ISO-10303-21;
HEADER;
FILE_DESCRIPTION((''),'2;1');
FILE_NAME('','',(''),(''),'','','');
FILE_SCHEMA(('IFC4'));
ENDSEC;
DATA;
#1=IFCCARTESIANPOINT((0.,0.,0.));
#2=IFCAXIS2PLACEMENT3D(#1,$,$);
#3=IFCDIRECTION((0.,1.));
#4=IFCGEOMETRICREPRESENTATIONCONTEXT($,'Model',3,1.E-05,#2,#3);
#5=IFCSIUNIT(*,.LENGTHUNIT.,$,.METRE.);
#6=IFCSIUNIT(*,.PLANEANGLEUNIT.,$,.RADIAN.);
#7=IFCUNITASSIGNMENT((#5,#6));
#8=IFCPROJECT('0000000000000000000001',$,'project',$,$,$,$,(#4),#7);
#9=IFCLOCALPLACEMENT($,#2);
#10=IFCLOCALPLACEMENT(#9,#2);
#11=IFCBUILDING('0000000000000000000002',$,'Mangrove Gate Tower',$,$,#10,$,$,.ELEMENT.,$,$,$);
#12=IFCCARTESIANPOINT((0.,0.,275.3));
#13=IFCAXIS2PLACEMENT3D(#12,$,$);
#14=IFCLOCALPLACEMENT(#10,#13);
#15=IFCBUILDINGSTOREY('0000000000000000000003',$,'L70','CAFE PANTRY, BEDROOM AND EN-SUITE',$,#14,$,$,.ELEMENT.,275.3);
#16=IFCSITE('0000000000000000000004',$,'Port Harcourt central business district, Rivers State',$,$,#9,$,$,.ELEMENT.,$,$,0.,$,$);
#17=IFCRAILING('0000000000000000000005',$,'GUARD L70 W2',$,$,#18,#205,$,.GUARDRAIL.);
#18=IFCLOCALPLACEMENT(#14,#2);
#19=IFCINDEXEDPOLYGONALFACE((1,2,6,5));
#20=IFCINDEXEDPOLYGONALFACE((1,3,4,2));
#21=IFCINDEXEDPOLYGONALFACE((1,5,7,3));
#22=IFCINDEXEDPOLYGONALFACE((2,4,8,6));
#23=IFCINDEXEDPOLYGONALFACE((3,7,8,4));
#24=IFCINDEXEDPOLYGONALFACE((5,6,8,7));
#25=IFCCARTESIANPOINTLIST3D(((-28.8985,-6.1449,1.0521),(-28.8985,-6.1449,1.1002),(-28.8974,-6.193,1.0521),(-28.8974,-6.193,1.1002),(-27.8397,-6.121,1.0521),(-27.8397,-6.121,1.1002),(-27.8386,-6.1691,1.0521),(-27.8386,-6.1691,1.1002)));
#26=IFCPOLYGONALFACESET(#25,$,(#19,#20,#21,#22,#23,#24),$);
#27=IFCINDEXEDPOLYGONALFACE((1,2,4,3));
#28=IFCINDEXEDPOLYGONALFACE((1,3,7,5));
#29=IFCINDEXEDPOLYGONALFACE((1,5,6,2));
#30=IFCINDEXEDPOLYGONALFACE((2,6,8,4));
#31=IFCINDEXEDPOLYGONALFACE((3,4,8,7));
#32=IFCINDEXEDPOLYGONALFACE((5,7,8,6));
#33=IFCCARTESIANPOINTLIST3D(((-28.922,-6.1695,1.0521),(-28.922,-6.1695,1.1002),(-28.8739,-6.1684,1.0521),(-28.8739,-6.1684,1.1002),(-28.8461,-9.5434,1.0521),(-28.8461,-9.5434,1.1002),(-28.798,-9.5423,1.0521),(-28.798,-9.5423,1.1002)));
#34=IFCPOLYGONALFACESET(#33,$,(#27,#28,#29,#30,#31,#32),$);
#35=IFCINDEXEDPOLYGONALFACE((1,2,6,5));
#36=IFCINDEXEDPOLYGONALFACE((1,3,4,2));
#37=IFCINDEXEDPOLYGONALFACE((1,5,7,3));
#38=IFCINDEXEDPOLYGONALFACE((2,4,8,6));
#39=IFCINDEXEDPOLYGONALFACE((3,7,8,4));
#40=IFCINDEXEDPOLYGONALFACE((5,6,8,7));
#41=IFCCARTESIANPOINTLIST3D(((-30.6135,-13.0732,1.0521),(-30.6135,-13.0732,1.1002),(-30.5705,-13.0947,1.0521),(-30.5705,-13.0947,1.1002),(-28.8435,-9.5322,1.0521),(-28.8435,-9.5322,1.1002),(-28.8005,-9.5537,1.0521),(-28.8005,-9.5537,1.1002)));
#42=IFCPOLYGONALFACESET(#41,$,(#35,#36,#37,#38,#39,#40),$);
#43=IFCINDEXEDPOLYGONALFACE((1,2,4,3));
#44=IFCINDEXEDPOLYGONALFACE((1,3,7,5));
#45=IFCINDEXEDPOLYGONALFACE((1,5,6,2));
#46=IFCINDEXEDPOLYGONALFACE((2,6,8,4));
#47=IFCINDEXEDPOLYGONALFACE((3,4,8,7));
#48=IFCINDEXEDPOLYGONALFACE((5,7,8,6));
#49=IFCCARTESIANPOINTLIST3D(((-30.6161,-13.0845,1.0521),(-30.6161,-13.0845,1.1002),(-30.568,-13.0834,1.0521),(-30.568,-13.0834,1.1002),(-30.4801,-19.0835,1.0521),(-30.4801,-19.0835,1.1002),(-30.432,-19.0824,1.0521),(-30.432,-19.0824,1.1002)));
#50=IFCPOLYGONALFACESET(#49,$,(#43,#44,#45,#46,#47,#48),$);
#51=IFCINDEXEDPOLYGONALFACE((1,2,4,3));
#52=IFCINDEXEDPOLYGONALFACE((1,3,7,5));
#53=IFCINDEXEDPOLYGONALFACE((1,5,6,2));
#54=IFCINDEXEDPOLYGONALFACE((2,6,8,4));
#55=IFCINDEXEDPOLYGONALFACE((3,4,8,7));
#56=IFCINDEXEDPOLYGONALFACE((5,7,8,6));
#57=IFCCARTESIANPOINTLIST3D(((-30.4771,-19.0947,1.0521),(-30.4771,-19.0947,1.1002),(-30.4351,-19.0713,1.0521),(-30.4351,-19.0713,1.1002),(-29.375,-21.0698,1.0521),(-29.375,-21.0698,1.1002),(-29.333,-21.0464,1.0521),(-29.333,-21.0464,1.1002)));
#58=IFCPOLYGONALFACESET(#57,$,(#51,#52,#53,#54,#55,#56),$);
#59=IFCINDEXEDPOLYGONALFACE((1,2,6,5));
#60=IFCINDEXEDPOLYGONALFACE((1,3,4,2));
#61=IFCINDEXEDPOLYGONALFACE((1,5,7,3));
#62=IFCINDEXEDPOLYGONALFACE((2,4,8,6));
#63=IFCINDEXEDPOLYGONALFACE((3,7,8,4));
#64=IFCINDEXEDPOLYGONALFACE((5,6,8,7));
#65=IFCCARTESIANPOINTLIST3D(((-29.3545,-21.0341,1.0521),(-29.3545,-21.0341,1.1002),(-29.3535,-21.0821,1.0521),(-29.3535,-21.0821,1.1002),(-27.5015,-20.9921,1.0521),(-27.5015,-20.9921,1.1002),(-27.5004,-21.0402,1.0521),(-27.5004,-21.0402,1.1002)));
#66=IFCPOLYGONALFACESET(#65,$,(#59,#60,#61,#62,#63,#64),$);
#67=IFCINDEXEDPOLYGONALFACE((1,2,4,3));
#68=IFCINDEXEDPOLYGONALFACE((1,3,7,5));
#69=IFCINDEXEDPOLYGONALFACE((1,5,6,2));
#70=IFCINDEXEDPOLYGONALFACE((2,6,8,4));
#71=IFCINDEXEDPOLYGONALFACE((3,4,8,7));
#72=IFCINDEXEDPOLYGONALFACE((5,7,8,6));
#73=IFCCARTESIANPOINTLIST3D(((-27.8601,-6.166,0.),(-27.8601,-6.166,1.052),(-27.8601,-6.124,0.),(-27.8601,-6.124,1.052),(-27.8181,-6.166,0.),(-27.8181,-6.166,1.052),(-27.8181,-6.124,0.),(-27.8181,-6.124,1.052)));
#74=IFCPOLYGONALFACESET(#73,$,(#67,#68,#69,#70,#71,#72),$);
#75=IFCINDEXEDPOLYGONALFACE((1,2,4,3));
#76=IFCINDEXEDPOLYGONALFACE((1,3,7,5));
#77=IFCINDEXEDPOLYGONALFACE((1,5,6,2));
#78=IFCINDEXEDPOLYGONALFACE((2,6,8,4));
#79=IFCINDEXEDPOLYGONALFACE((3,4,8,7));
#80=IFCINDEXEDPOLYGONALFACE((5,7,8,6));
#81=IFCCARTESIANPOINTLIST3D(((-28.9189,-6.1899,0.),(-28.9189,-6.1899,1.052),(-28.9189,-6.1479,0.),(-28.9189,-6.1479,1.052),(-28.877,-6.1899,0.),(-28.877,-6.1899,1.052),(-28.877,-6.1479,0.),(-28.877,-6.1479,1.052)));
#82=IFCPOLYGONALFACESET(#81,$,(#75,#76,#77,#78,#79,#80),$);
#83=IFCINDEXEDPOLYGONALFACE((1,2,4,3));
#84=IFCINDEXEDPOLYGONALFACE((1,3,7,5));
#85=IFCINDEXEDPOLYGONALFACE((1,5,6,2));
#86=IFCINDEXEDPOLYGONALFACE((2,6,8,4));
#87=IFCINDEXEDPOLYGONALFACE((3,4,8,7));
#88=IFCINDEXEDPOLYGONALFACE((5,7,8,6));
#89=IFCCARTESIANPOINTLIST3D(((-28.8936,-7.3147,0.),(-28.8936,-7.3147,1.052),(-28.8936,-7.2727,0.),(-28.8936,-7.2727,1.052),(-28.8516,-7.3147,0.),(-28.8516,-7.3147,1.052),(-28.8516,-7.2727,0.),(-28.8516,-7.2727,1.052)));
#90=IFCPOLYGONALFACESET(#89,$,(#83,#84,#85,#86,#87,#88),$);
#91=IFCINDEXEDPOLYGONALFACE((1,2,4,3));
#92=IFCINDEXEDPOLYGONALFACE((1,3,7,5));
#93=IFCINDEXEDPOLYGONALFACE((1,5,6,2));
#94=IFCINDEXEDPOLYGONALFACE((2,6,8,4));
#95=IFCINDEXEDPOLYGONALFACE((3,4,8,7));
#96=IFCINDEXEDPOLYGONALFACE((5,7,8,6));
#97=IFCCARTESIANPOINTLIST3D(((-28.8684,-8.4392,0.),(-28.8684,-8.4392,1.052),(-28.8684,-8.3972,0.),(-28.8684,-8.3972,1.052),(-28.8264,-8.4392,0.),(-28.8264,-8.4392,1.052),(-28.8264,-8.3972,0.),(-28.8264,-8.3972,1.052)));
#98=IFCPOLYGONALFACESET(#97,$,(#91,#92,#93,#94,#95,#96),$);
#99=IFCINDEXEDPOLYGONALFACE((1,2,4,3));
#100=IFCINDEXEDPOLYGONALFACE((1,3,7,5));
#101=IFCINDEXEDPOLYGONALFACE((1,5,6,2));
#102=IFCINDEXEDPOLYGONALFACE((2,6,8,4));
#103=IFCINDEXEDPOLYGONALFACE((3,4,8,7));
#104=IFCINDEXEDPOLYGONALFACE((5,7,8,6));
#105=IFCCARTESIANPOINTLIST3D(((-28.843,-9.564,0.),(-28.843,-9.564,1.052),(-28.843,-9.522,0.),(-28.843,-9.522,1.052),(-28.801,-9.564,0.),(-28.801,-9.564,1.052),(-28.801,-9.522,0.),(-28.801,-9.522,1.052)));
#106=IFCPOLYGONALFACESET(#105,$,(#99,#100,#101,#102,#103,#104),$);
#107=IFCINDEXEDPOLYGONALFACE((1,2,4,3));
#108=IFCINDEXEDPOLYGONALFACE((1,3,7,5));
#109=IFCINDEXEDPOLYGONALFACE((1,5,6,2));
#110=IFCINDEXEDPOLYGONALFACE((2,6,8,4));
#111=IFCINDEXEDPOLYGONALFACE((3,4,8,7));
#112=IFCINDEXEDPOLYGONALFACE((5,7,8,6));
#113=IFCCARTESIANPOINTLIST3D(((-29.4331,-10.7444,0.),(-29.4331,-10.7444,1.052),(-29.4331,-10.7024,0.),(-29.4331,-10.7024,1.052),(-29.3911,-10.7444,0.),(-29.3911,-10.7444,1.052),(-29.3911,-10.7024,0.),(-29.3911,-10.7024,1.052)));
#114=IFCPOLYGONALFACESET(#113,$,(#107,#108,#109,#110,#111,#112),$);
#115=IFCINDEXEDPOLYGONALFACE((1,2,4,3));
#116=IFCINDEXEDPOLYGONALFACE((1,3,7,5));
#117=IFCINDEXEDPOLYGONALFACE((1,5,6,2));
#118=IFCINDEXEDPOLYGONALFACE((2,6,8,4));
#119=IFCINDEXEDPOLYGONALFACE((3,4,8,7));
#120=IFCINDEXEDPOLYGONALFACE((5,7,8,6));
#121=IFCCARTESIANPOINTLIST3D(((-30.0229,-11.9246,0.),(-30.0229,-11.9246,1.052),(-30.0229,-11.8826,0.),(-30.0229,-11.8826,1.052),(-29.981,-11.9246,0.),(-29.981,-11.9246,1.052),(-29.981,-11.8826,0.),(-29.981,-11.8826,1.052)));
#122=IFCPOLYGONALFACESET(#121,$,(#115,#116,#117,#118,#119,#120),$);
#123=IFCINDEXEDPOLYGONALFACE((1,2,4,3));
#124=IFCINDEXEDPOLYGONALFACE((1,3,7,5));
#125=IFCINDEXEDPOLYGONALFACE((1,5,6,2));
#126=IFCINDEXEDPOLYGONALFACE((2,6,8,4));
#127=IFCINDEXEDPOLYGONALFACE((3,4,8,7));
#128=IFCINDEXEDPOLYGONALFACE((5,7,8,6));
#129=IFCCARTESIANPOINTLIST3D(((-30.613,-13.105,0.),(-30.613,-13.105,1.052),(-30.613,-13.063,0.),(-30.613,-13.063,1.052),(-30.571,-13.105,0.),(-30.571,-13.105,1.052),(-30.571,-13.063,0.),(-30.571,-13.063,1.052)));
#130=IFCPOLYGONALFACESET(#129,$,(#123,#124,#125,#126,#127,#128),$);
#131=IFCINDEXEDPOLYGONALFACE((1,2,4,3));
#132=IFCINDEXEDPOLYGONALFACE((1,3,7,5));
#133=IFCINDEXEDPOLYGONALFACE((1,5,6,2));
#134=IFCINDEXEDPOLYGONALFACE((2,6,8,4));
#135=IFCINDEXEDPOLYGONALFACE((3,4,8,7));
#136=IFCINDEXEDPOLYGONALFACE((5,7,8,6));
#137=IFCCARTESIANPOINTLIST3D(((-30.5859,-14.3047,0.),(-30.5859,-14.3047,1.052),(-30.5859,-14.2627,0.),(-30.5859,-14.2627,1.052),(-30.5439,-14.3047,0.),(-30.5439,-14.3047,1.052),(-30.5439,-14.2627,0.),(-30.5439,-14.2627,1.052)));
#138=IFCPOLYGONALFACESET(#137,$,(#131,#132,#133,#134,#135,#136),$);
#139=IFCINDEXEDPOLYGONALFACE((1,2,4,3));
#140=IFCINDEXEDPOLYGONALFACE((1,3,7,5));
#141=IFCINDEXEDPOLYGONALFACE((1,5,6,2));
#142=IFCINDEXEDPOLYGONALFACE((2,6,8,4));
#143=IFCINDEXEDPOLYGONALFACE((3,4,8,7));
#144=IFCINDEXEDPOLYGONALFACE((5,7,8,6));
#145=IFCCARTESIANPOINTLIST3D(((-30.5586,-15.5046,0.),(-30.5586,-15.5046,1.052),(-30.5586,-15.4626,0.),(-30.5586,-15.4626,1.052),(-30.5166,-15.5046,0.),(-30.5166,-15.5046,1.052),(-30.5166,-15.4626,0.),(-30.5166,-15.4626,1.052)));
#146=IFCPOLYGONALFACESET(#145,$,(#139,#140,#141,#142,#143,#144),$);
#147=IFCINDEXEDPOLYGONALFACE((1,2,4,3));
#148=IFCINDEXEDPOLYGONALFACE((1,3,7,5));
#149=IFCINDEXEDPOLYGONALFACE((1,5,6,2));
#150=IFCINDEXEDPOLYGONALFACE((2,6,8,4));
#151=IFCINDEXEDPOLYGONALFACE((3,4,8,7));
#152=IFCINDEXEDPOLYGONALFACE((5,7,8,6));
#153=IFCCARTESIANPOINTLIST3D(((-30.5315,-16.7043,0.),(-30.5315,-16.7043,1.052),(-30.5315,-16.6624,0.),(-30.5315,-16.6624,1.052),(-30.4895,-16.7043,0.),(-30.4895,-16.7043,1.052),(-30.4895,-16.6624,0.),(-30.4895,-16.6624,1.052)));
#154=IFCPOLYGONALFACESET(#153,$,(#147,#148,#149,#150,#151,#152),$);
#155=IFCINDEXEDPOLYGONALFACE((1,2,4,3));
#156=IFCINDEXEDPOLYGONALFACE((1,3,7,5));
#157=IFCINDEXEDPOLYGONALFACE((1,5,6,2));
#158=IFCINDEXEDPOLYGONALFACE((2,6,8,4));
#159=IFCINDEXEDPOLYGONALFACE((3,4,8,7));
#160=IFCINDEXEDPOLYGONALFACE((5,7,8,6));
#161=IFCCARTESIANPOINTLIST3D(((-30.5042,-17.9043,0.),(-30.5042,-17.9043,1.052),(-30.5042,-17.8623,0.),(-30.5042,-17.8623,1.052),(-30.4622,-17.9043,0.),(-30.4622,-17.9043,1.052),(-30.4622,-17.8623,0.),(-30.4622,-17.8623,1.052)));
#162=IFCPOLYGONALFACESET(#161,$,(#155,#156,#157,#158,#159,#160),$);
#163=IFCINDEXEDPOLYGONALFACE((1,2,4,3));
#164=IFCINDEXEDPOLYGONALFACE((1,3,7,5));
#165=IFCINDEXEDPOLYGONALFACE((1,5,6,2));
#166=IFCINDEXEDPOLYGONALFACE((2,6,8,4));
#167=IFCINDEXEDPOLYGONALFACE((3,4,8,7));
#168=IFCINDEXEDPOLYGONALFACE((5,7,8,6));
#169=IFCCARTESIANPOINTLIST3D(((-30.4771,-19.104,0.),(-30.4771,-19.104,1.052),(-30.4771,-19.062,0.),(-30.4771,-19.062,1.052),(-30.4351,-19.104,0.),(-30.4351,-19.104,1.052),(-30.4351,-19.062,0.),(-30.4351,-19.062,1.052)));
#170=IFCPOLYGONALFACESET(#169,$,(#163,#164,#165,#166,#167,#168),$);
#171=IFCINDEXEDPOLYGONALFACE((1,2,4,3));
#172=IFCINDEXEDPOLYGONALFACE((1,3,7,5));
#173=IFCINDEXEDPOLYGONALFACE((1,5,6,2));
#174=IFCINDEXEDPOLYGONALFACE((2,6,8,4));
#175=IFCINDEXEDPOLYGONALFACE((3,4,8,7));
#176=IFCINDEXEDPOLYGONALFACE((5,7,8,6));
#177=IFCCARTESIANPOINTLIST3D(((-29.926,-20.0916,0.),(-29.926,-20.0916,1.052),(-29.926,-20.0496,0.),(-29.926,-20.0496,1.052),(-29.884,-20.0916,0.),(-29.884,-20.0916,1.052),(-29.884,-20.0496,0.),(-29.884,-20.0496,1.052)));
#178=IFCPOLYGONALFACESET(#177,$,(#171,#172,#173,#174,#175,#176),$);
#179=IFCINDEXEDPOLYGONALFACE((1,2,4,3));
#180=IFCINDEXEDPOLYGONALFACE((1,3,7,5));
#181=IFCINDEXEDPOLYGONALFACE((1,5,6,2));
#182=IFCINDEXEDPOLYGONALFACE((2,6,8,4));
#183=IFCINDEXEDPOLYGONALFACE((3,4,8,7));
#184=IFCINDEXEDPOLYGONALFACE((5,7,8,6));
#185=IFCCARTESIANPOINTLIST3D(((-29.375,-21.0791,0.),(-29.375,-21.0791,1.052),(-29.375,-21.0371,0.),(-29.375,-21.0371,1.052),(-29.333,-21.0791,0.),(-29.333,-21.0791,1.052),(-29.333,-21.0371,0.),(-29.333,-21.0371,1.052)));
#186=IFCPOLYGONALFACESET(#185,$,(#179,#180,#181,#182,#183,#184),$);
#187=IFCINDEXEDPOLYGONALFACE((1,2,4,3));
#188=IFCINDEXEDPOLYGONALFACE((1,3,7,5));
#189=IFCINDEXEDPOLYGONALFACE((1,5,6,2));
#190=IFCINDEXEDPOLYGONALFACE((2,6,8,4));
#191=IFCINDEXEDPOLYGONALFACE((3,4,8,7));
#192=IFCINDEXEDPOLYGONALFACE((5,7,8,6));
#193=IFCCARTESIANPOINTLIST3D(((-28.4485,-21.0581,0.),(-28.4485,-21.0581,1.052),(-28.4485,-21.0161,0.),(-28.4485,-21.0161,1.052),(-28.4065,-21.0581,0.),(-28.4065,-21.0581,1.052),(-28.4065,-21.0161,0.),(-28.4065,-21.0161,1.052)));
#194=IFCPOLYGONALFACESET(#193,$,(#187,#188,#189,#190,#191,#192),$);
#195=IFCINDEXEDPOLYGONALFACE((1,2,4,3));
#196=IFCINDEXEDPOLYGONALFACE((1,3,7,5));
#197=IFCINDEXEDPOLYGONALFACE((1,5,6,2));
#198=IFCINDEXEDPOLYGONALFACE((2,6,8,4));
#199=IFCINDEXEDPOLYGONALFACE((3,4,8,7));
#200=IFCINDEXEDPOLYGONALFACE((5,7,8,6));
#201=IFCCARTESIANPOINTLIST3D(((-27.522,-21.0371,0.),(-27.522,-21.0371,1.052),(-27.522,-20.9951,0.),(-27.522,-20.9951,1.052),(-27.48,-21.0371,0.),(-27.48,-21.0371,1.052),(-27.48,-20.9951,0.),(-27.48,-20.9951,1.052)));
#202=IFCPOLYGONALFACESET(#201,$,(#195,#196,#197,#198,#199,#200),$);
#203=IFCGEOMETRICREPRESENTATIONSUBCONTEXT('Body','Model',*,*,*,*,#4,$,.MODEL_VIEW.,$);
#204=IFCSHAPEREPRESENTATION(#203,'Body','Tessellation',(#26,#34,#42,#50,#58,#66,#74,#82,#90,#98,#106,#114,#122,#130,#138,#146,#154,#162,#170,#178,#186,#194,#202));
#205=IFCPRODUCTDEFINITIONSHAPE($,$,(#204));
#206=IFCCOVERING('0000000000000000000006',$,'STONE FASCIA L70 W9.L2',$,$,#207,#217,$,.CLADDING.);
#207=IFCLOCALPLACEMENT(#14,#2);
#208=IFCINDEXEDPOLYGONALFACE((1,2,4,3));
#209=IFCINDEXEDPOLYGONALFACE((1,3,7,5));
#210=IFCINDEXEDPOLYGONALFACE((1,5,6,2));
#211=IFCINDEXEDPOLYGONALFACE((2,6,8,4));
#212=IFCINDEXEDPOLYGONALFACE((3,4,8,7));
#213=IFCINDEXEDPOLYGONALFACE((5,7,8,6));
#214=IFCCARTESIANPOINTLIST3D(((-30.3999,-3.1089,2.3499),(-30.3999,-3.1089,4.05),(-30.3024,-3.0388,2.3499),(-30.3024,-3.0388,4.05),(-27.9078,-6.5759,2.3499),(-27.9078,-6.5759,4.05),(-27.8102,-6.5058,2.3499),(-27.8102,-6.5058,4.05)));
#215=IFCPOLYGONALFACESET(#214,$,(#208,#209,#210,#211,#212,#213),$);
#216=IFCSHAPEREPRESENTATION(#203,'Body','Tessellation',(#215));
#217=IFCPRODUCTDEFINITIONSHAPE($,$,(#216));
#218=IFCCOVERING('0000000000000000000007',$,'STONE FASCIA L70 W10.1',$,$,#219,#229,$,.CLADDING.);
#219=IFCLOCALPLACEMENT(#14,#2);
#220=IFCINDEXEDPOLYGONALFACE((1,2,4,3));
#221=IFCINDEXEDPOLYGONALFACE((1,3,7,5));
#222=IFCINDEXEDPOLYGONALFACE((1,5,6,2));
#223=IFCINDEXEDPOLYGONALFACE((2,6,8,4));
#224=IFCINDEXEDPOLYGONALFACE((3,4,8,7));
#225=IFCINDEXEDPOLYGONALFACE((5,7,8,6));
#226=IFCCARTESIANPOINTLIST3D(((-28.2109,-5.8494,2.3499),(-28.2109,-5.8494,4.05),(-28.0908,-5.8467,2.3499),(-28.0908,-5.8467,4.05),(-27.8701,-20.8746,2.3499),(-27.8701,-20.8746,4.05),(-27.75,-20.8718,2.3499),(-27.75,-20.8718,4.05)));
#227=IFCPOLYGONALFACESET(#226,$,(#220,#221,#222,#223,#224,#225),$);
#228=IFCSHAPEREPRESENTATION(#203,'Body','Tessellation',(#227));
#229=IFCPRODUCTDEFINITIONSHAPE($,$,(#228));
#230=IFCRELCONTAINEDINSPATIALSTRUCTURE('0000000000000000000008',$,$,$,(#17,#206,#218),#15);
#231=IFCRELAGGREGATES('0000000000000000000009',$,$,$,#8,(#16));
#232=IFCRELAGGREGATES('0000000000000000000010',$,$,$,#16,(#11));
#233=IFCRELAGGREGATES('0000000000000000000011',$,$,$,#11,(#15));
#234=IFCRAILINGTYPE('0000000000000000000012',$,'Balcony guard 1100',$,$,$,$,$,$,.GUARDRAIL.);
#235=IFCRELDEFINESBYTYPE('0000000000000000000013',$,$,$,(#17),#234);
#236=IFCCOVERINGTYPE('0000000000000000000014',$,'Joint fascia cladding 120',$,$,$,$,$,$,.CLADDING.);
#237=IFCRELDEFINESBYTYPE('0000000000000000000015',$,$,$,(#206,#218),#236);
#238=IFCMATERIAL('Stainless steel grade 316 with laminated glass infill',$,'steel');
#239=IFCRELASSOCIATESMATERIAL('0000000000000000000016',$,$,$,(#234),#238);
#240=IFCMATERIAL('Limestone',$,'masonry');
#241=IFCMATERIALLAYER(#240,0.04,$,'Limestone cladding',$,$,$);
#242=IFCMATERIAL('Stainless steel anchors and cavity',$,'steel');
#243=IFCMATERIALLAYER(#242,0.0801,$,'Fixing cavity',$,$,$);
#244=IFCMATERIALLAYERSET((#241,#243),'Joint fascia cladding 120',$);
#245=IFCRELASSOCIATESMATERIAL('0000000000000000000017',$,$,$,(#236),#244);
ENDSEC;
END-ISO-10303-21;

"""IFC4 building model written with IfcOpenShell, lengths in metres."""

from ifc_helpers import new_model, si_unit, direction, frame, frame_2d, origin, origin_2d, place, context, subcontext, project, spatial, rectangle, extrude, material, layer, layer_set, type_object, element, save


model = new_model("IFC4")

# Units and contexts
model_context = context("Model", 3, precision=1e-05, world=origin(), true_north=direction((0.0, 1.0)))
body_context = subcontext(model_context, "Body", "Model", "MODEL_VIEW")
ifc_project = project(units=[si_unit("LENGTHUNIT", "METRE"), si_unit("PLANEANGLEUNIT", "RADIAN")], contexts=[model_context])

# Site, building, storey
site_placement = place(None, origin())
site = spatial("IfcSite", under=ifc_project, at=site_placement, Name="Port Harcourt central business district, Rivers State", CompositionType="ELEMENT", RefElevation=0.0)
building_placement = place(site_placement, origin())
building = spatial("IfcBuilding", under=site, at=building_placement, Name="Mangrove Gate Tower", CompositionType="ELEMENT")
storey_placement = place(building_placement, frame((0.0, 0.0, 275.3)))
storey = spatial("IfcBuildingStorey", under=building, at=storey_placement, Name="L70", Description="CAFE PANTRY, BEDROOM AND EN-SUITE", CompositionType="ELEMENT", Elevation=275.3)

# Shared definitions
ifc_material_1 = material(Name="Limestone", Category="masonry")

# Railing
ifc_material_2 = material(Name="Stainless steel grade 316 with laminated glass infill", Category="steel")
railing_type = type_object("IfcRailingType", Name="Balcony guard 1100", PredefinedType="GUARDRAIL", material=ifc_material_2)
railing_placement = place(storey_placement, frame((-27.8391, -6.145, 0.0)))
element("IfcRailing", 1, at=railing_placement, inside=storey, type_object=railing_type, Name="GUARD L70 W2", PredefinedType="GUARDRAIL", context=body_context, shape_type="SweptSolid", body=[
    extrude(rectangle(XDim=0.0481, YDim=0.0481, at=origin_2d()), frame((0.0, 0.0, 1.0762), z_axis=(-0.999745, -0.02259, 0.0), x_axis=(0.02259, -0.999745, 0.0)), (0.0, 0.0, 1.0), 1.0591),
    extrude(rectangle(XDim=0.0481, YDim=0.0481, at=origin_2d()), frame((-1.0588, -0.0239, 1.0762), z_axis=(0.022498, -0.999747, 0.0), x_axis=(0.999747, 0.022498, 0.0)), (0.0, 0.0, 1.0), 3.3748),
    extrude(rectangle(XDim=0.0481, YDim=0.0481, at=origin_2d()), frame((-0.9829, -3.3979, 1.0762), z_axis=(-0.447115, -0.894477, 0.0), x_axis=(0.894477, -0.447115, 0.0)), (0.0, 0.0, 1.0), 3.9587),
    extrude(rectangle(XDim=0.0481, YDim=0.0481, at=origin_2d()), frame((-2.7529, -6.939, 1.0762), z_axis=(0.022662, -0.999743, 0.0), x_axis=(0.999743, 0.022662, 0.0)), (0.0, 0.0, 1.0), 6.0005),
    extrude(rectangle(XDim=0.0481, YDim=0.0481, at=origin_2d()), frame((-2.6169, -12.938, 1.0762), z_axis=(0.487255, -0.87326, 0.0), x_axis=(0.87326, 0.487255, 0.0)), (0.0, 0.0, 1.0), 2.2617),
    extrude(rectangle(XDim=0.0481, YDim=0.0481, at=origin_2d()), frame((-1.5149, -14.9131, 1.0762), z_axis=(0.999743, 0.022656, 0.0), x_axis=(-0.022656, 0.999743, 0.0)), (0.0, 0.0, 1.0), 1.8535),
    extrude(rectangle(XDim=0.042, YDim=0.042, at=origin_2d()), origin(), (0.0, 0.0, 1.0), 1.052),
    extrude(rectangle(XDim=0.042, YDim=0.042, at=origin_2d()), frame((-1.0588, -0.0239, 0.0)), (0.0, 0.0, 1.0), 1.052),
    extrude(rectangle(XDim=0.042, YDim=0.042, at=origin_2d()), frame((-1.0334, -1.1487, 0.0)), (0.0, 0.0, 1.0), 1.052),
    extrude(rectangle(XDim=0.042, YDim=0.042, at=origin_2d()), frame((-1.0083, -2.2732, 0.0)), (0.0, 0.0, 1.0), 1.052),
    extrude(rectangle(XDim=0.042, YDim=0.042, at=origin_2d()), frame((-0.9829, -3.3979, 0.0)), (0.0, 0.0, 1.0), 1.052),
    extrude(rectangle(XDim=0.042, YDim=0.042, at=origin_2d()), frame((-1.573, -4.5784, 0.0)), (0.0, 0.0, 1.0), 1.052),
    extrude(rectangle(XDim=0.042, YDim=0.042, at=origin_2d()), frame((-2.1628, -5.7585, 0.0)), (0.0, 0.0, 1.0), 1.052),
    extrude(rectangle(XDim=0.042, YDim=0.042, at=origin_2d()), frame((-2.7529, -6.939, 0.0)), (0.0, 0.0, 1.0), 1.052),
    extrude(rectangle(XDim=0.042, YDim=0.042, at=origin_2d()), frame((-2.7258, -8.1387, 0.0)), (0.0, 0.0, 1.0), 1.052),
    extrude(rectangle(XDim=0.042, YDim=0.042, at=origin_2d()), frame((-2.6985, -9.3386, 0.0)), (0.0, 0.0, 1.0), 1.052),
    extrude(rectangle(XDim=0.042, YDim=0.042, at=origin_2d()), frame((-2.6714, -10.5383, 0.0)), (0.0, 0.0, 1.0), 1.052),
    extrude(rectangle(XDim=0.042, YDim=0.042, at=origin_2d()), frame((-2.644, -11.7383, 0.0)), (0.0, 0.0, 1.0), 1.052),
    extrude(rectangle(XDim=0.042, YDim=0.042, at=origin_2d()), frame((-2.6169, -12.938, 0.0)), (0.0, 0.0, 1.0), 1.052),
    extrude(rectangle(XDim=0.042, YDim=0.042, at=origin_2d()), frame((-2.0659, -13.9255, 0.0)), (0.0, 0.0, 1.0), 1.052),
    extrude(rectangle(XDim=0.042, YDim=0.042, at=origin_2d()), frame((-1.5149, -14.9131, 0.0)), (0.0, 0.0, 1.0), 1.052),
    extrude(rectangle(XDim=0.042, YDim=0.042, at=origin_2d()), frame((-0.5884, -14.8921, 0.0)), (0.0, 0.0, 1.0), 1.052),
    extrude(rectangle(XDim=0.042, YDim=0.042, at=origin_2d()), frame((0.3381, -14.8711, 0.0)), (0.0, 0.0, 1.0), 1.052),
])

# Coverings
ifc_layer_1 = layer(ifc_material_1, 0.04, Name="Limestone cladding")
ifc_material_3 = material(Name="Stainless steel anchors and cavity", Category="steel")
ifc_layer_2 = layer(ifc_material_3, 0.0801, Name="Fixing cavity")
ifc_layer_set_1 = layer_set([ifc_layer_1, ifc_layer_2], Name="Joint fascia cladding 120")
covering_type = type_object("IfcCoveringType", Name="Joint fascia cladding 120", PredefinedType="CLADDING", material=ifc_layer_set_1)
covering_1_placement = place(storey_placement, frame((-30.3511, -3.074, 2.3499), z_axis=(0.0, 0.0, 1.0), x_axis=(0.583675, -0.811987, 0.0)))
element("IfcCovering", 2, at=covering_1_placement, inside=storey, type_object=covering_type, Name="STONE FASCIA L70 W9.L2", PredefinedType="CLADDING", context=body_context, shape_type="SweptSolid", body=[
    extrude(rectangle(XDim=4.2698, YDim=0.1201, at=frame_2d((2.1348, 0.0))), origin(), (0.0, 0.0, 1.0), 1.7002),
])
covering_2_placement = place(storey_placement, frame((-28.1509, -5.8479, 2.3499), z_axis=(0.0, 0.0, 1.0), x_axis=(0.022677, -0.999743, 0.0)))
element("IfcCovering", 3, at=covering_2_placement, inside=storey, type_object=covering_type, Name="STONE FASCIA L70 W10.1", PredefinedType="CLADDING", context=body_context, shape_type="SweptSolid", body=[
    extrude(rectangle(XDim=15.0291, YDim=0.1201, at=frame_2d((7.5146, 0.0))), origin(), (0.0, 0.0, 1.0), 1.7002),
])

save(model, "model.ifc")
